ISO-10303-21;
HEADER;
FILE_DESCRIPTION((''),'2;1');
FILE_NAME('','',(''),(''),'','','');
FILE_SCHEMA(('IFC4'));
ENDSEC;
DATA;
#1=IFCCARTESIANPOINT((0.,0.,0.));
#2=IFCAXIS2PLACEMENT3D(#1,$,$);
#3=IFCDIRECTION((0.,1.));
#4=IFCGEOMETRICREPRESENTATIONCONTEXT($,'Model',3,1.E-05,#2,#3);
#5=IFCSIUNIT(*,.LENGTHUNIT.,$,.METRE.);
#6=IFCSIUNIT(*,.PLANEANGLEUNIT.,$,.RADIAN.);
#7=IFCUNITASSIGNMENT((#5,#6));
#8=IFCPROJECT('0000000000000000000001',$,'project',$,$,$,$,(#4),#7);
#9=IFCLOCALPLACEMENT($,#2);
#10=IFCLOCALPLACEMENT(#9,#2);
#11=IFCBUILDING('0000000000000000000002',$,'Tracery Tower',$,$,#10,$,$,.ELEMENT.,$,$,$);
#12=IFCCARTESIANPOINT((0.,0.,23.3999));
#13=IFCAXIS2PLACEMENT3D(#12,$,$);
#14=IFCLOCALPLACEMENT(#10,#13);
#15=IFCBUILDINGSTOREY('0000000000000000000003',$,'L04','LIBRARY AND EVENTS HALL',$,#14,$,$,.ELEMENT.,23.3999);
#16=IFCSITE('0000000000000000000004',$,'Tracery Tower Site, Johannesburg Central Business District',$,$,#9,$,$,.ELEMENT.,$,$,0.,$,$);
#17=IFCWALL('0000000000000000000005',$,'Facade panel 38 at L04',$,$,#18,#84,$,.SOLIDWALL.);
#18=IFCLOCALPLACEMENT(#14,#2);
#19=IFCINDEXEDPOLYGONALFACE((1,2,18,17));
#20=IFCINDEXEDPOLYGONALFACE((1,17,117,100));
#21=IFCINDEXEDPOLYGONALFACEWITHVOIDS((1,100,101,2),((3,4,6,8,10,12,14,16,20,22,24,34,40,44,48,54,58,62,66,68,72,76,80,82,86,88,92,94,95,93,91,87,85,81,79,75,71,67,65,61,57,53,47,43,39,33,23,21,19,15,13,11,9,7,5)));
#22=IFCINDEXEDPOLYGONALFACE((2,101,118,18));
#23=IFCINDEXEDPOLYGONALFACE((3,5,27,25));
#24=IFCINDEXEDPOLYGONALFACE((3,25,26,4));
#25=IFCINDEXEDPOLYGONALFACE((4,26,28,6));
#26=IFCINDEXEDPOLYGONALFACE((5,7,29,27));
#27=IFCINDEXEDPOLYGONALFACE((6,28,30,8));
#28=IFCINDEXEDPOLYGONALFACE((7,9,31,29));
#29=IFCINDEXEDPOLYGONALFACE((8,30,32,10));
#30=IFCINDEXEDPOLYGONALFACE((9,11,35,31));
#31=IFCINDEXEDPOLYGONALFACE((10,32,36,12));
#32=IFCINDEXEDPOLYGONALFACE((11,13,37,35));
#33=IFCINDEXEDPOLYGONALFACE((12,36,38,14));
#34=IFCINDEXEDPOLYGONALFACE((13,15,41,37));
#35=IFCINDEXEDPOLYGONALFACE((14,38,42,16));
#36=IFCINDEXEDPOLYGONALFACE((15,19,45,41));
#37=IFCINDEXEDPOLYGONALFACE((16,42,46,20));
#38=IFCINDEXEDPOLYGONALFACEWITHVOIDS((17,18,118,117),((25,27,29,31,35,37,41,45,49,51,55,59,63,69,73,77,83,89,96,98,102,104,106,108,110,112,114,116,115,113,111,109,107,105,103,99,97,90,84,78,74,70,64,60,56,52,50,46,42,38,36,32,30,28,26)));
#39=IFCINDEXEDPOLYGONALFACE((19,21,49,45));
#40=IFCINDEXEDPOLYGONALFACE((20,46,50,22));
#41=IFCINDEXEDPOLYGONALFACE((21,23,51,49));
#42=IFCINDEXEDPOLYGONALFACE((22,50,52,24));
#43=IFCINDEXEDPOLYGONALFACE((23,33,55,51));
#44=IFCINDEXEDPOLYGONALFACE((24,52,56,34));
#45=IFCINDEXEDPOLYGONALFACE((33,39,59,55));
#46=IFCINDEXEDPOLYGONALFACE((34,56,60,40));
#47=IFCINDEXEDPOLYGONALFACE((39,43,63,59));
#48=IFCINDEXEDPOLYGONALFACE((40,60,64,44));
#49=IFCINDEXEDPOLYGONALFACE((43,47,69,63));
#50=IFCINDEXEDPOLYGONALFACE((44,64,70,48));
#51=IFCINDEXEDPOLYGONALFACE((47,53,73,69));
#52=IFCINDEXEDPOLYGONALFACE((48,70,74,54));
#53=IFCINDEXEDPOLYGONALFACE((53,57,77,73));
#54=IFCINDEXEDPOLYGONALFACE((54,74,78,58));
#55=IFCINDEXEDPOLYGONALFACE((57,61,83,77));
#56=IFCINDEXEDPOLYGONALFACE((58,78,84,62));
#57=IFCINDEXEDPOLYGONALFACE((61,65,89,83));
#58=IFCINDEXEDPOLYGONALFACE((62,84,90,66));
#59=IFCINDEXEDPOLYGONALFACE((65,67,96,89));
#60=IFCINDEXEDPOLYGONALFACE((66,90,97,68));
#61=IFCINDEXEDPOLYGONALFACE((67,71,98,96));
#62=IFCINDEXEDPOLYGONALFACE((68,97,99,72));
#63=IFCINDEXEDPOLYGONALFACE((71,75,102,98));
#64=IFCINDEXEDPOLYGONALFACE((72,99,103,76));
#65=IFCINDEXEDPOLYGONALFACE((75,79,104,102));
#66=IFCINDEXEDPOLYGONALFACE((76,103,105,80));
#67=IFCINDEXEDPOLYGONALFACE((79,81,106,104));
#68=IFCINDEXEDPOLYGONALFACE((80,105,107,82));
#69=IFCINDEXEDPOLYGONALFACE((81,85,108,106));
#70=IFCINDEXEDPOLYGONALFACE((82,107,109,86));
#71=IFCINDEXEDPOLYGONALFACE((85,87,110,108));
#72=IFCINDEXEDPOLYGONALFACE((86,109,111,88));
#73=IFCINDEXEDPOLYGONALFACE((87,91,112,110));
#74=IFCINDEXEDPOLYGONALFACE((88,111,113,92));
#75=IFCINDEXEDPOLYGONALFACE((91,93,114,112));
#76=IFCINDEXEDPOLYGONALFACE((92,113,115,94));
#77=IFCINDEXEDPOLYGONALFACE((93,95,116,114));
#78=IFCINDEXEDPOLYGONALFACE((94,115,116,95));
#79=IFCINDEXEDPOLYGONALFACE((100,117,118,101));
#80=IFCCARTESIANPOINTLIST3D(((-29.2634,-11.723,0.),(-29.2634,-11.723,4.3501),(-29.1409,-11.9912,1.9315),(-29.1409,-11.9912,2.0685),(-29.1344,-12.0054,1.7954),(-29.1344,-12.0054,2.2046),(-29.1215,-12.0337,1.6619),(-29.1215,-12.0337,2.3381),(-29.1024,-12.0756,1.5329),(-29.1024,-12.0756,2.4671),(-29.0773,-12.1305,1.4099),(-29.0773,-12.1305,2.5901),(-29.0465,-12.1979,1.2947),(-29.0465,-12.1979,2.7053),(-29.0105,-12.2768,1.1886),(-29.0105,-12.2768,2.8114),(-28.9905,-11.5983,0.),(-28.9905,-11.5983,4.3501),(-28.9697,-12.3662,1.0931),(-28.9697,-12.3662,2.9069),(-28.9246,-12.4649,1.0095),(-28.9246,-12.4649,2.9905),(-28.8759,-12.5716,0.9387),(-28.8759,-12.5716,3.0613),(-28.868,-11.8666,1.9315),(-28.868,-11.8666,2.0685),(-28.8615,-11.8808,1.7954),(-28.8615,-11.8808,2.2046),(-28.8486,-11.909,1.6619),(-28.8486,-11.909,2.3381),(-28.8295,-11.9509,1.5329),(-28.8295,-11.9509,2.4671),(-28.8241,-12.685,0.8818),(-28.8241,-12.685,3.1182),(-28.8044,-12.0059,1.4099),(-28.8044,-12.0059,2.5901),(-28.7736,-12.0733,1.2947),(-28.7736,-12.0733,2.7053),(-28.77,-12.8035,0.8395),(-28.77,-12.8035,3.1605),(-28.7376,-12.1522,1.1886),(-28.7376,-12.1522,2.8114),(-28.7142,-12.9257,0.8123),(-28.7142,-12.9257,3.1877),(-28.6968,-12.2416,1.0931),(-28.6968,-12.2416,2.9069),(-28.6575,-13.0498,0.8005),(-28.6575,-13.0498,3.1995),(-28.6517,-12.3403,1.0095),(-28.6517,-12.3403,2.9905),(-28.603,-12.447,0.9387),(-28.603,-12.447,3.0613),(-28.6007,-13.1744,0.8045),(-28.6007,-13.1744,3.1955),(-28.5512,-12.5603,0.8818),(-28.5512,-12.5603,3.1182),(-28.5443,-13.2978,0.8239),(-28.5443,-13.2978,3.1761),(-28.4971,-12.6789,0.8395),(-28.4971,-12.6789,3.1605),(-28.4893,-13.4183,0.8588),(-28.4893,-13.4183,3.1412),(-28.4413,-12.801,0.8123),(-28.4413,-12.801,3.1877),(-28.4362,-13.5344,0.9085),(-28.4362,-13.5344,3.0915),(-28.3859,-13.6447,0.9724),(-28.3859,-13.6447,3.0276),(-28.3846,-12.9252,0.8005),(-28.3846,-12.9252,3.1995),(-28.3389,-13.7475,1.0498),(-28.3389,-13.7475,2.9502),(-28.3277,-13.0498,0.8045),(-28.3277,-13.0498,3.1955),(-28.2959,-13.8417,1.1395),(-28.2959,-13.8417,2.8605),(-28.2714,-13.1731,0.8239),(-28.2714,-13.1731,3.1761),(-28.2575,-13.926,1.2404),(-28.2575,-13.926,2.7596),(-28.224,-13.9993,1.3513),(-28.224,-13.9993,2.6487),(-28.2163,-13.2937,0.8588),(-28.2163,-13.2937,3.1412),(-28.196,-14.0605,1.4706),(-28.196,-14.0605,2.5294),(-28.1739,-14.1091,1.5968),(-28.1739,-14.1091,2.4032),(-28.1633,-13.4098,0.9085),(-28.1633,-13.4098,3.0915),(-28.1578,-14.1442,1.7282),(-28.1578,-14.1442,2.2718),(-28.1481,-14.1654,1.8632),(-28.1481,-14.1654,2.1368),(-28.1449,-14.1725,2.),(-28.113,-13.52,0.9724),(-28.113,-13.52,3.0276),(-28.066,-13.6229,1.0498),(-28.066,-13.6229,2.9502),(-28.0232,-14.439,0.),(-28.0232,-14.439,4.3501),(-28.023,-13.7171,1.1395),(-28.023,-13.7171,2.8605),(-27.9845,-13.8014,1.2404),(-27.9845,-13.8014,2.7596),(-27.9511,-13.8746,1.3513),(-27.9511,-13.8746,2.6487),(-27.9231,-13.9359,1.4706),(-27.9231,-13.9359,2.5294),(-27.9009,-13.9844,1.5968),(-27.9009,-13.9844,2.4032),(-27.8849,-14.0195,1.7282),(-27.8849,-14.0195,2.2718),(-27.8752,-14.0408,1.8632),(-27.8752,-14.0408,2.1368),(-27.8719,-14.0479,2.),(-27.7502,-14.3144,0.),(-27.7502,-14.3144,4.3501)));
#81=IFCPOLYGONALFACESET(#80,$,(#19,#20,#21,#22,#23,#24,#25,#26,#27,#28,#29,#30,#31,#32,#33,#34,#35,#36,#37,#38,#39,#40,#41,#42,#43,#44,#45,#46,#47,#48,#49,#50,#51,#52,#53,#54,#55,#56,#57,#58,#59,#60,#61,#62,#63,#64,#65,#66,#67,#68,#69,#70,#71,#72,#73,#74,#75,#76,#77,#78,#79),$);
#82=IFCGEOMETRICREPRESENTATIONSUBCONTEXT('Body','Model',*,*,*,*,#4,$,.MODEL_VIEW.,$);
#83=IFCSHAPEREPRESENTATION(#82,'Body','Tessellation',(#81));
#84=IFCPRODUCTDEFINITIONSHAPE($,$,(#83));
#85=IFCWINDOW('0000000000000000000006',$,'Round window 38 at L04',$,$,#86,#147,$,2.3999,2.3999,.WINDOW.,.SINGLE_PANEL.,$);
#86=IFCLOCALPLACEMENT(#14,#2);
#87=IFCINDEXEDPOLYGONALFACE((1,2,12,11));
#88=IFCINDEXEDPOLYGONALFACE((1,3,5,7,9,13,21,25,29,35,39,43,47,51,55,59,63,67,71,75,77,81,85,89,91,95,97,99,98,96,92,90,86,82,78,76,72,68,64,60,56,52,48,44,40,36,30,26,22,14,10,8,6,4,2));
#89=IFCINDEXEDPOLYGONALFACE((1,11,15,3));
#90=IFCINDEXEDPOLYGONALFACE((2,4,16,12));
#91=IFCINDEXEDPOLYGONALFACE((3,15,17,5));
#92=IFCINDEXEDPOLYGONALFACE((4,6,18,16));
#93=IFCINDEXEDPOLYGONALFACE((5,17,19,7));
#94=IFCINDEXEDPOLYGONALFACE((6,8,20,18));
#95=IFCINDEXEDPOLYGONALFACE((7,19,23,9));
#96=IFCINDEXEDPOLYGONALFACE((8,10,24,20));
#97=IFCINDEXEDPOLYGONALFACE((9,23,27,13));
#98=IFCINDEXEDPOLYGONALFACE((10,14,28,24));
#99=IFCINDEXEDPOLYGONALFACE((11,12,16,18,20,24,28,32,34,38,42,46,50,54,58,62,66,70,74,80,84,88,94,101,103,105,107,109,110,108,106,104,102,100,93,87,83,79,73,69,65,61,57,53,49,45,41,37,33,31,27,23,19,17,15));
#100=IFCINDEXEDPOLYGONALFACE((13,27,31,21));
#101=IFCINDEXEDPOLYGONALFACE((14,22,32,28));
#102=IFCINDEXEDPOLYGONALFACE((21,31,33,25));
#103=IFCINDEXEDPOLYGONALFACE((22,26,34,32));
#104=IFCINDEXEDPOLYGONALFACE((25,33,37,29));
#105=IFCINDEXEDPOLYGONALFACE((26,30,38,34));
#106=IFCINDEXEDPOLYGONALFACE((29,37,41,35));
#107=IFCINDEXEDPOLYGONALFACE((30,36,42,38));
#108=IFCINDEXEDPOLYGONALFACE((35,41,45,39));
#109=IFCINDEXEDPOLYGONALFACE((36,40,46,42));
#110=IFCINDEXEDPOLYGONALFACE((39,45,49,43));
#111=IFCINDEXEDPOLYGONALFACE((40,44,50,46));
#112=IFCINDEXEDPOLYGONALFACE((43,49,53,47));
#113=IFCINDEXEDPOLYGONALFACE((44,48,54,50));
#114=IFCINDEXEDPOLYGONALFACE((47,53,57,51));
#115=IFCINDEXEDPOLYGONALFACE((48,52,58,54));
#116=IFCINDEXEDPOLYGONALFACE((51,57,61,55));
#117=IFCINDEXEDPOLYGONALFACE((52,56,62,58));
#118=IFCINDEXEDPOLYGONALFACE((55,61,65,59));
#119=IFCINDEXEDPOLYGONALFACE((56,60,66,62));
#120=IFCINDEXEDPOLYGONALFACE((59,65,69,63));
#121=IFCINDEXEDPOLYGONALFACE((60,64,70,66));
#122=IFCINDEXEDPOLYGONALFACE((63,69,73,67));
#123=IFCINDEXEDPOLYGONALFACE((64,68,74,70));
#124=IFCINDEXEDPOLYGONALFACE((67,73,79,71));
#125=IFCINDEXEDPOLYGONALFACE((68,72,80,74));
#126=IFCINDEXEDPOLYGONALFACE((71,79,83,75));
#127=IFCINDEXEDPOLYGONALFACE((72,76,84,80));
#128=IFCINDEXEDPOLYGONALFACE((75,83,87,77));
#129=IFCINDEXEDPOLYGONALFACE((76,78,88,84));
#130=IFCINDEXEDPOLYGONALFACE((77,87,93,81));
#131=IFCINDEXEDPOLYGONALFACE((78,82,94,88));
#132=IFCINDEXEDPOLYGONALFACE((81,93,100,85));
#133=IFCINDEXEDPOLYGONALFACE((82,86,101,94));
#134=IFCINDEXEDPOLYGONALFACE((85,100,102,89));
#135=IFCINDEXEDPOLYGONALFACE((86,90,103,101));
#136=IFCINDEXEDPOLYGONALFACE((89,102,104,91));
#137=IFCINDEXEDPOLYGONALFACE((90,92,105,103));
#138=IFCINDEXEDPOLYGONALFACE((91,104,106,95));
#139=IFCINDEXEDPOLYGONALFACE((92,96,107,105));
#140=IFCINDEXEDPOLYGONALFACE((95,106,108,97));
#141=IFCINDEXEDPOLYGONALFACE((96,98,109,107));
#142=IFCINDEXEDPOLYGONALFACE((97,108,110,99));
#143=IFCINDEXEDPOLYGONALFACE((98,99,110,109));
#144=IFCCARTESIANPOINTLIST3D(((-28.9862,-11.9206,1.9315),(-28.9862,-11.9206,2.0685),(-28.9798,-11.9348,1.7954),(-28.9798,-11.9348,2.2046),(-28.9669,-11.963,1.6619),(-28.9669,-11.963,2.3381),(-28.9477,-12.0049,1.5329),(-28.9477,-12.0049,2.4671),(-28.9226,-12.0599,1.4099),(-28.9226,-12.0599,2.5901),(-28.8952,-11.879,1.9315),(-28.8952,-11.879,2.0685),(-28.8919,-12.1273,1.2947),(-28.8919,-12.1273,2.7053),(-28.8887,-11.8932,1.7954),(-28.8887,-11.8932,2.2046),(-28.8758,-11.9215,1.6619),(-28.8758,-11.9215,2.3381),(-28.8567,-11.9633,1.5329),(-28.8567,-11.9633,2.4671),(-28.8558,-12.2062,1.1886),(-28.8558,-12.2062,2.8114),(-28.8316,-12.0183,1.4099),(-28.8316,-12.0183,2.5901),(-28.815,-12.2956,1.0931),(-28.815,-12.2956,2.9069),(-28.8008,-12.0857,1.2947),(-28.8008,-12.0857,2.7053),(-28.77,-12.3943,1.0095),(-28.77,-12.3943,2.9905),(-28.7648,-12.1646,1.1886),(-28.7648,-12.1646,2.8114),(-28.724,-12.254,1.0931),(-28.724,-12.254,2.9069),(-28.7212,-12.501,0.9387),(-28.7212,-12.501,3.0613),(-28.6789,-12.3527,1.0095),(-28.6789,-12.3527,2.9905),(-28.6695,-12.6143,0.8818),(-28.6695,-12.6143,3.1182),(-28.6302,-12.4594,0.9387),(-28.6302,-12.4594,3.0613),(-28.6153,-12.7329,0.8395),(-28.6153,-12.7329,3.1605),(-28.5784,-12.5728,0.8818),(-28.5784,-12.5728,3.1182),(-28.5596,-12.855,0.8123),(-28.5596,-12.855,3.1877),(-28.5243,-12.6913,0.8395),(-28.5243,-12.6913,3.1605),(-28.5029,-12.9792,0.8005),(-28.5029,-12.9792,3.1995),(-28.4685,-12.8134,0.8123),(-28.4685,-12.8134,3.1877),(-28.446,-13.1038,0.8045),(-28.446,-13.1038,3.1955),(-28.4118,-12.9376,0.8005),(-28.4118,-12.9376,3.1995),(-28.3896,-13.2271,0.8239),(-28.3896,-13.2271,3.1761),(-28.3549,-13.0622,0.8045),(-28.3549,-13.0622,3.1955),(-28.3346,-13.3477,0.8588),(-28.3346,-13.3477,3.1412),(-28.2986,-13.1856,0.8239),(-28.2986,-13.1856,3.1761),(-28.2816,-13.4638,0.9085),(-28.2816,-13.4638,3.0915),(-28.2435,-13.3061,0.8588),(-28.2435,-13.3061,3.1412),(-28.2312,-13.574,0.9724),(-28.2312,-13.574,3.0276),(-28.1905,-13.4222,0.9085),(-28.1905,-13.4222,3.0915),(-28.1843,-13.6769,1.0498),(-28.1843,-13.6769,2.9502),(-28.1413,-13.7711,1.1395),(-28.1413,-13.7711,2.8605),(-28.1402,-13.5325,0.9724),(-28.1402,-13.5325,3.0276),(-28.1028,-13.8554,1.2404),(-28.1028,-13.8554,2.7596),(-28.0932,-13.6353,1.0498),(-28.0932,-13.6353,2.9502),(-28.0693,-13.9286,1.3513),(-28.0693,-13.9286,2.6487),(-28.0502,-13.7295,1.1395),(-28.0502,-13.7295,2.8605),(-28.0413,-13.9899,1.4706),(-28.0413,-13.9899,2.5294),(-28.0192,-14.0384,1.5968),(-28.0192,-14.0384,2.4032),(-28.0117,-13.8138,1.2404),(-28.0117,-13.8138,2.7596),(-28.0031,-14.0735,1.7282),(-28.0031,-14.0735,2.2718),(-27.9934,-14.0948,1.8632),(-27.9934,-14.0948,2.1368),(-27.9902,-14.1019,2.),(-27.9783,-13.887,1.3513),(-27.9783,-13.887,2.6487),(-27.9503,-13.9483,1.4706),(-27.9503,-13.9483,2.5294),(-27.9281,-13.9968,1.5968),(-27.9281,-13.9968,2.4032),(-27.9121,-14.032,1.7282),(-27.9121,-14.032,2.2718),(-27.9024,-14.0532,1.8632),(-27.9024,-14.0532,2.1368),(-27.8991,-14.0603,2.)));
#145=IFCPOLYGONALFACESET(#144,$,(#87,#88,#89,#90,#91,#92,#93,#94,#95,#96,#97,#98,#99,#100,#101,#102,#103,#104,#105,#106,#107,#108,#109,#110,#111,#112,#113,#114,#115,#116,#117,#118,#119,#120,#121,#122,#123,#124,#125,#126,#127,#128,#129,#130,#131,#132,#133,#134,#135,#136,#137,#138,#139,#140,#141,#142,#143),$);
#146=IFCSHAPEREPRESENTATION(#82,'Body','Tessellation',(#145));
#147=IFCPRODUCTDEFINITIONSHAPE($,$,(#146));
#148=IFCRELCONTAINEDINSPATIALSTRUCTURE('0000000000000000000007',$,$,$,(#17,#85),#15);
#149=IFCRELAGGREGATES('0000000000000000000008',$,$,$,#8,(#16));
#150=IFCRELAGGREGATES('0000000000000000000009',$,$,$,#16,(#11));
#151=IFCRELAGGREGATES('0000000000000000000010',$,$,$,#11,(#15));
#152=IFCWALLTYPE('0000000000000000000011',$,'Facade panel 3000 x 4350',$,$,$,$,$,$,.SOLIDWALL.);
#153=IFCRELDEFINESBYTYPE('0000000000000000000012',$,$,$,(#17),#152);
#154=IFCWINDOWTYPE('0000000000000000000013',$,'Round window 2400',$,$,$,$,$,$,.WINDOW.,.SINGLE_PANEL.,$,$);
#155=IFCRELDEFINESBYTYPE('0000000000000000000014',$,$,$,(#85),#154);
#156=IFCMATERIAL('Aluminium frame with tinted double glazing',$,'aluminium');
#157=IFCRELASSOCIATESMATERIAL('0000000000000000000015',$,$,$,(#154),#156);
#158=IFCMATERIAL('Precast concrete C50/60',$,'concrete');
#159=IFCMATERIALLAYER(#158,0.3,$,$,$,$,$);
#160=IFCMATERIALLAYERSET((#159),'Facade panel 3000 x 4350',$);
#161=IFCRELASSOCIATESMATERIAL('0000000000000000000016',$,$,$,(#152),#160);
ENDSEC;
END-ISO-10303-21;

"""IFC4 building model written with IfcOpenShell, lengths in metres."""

from ifc_helpers import new_model, si_unit, direction, frame, frame_2d, origin, origin_2d, place, context, subcontext, project, spatial, rectangle, circle, extrude, material, layer, layer_set, type_object, element, fill, save


model = new_model("IFC4")

# Units and contexts
model_context = context("Model", 3, precision=1e-05, world=origin(), true_north=direction((0.0, 1.0)))
body_context = subcontext(model_context, "Body", "Model", "MODEL_VIEW")
ifc_project = project(units=[si_unit("LENGTHUNIT", "METRE"), si_unit("PLANEANGLEUNIT", "RADIAN")], contexts=[model_context])

# Site, building, storey
site_placement = place(None, origin())
site = spatial("IfcSite", under=ifc_project, at=site_placement, Name="Tracery Tower Site, Johannesburg Central Business District", CompositionType="ELEMENT", RefElevation=0.0)
building_placement = place(site_placement, origin())
building = spatial("IfcBuilding", under=site, at=building_placement, Name="Tracery Tower", CompositionType="ELEMENT")
storey_placement = place(building_placement, frame((0.0, 0.0, 23.3999)))
storey = spatial("IfcBuildingStorey", under=building, at=storey_placement, Name="L04", Description="LIBRARY AND EVENTS HALL", CompositionType="ELEMENT", Elevation=23.3999)

# Wall, opening, window
ifc_material_1 = material(Name="Aluminium frame with tinted double glazing", Category="aluminium")
window_type = type_object("IfcWindowType", Name="Round window 2400", PartitioningType="SINGLE_PANEL", PredefinedType="WINDOW", material=ifc_material_1)
ifc_material_2 = material(Name="Precast concrete C50/60", Category="concrete")
ifc_layer_1 = layer(ifc_material_2, 0.3)
ifc_layer_set_1 = layer_set([ifc_layer_1], Name="Facade panel 3000 x 4350")
wall_type_1 = type_object("IfcWallType", Name="Facade panel 3000 x 4350", PredefinedType="SOLIDWALL", material=ifc_layer_set_1)
wall_1_placement = place(storey_placement, frame((-29.127, -11.6606, 0.0), z_axis=(0.0, 0.0, 1.0), x_axis=(0.415373, -0.909651, 0.0)))
wall_1 = element("IfcWall", 1, at=wall_1_placement, inside=storey, type_object=wall_type_1, Name="Facade panel 38 at L04", PredefinedType="SOLIDWALL", context=body_context, shape_type="SweptSolid", body=[
    extrude(rectangle(XDim=2.9858, YDim=0.3, at=frame_2d((1.4929, 0.0))), origin(), (0.0, 0.0, 1.0), 4.3501),
])
opening_1_placement = place(wall_1_placement, frame((1.4929, 0.0, 2.0)))
opening_1 = element("IfcOpeningElement", 2, at=opening_1_placement, cuts=wall_1, PredefinedType="OPENING", context=body_context, shape_type="SweptSolid", body=[
    extrude(circle(Radius=1.2, at=origin_2d()), frame((0.0, 0.1599, 0.0), z_axis=(0.0, -1.0, 0.0), x_axis=(1.0, 0.0, 0.0)), (0.0, 0.0, 1.0), 0.3201),
])
window_1_placement = place(opening_1_placement, origin())
window_1 = element("IfcWindow", 3, at=window_1_placement, inside=storey, type_object=window_type, Name="Round window 38 at L04", OverallHeight=2.3999, OverallWidth=2.3999, PartitioningType="SINGLE_PANEL", PredefinedType="WINDOW", context=body_context, shape_type="SweptSolid", body=[
    extrude(circle(Radius=1.2, at=origin_2d()), frame((0.0, 0.1201, 0.0), z_axis=(0.0, -1.0, 0.0), x_axis=(1.0, 0.0, 0.0)), (0.0, 0.0, 1.0), 0.1001),
])
fill(opening_1, window_1)

save(model, "model.ifc")
